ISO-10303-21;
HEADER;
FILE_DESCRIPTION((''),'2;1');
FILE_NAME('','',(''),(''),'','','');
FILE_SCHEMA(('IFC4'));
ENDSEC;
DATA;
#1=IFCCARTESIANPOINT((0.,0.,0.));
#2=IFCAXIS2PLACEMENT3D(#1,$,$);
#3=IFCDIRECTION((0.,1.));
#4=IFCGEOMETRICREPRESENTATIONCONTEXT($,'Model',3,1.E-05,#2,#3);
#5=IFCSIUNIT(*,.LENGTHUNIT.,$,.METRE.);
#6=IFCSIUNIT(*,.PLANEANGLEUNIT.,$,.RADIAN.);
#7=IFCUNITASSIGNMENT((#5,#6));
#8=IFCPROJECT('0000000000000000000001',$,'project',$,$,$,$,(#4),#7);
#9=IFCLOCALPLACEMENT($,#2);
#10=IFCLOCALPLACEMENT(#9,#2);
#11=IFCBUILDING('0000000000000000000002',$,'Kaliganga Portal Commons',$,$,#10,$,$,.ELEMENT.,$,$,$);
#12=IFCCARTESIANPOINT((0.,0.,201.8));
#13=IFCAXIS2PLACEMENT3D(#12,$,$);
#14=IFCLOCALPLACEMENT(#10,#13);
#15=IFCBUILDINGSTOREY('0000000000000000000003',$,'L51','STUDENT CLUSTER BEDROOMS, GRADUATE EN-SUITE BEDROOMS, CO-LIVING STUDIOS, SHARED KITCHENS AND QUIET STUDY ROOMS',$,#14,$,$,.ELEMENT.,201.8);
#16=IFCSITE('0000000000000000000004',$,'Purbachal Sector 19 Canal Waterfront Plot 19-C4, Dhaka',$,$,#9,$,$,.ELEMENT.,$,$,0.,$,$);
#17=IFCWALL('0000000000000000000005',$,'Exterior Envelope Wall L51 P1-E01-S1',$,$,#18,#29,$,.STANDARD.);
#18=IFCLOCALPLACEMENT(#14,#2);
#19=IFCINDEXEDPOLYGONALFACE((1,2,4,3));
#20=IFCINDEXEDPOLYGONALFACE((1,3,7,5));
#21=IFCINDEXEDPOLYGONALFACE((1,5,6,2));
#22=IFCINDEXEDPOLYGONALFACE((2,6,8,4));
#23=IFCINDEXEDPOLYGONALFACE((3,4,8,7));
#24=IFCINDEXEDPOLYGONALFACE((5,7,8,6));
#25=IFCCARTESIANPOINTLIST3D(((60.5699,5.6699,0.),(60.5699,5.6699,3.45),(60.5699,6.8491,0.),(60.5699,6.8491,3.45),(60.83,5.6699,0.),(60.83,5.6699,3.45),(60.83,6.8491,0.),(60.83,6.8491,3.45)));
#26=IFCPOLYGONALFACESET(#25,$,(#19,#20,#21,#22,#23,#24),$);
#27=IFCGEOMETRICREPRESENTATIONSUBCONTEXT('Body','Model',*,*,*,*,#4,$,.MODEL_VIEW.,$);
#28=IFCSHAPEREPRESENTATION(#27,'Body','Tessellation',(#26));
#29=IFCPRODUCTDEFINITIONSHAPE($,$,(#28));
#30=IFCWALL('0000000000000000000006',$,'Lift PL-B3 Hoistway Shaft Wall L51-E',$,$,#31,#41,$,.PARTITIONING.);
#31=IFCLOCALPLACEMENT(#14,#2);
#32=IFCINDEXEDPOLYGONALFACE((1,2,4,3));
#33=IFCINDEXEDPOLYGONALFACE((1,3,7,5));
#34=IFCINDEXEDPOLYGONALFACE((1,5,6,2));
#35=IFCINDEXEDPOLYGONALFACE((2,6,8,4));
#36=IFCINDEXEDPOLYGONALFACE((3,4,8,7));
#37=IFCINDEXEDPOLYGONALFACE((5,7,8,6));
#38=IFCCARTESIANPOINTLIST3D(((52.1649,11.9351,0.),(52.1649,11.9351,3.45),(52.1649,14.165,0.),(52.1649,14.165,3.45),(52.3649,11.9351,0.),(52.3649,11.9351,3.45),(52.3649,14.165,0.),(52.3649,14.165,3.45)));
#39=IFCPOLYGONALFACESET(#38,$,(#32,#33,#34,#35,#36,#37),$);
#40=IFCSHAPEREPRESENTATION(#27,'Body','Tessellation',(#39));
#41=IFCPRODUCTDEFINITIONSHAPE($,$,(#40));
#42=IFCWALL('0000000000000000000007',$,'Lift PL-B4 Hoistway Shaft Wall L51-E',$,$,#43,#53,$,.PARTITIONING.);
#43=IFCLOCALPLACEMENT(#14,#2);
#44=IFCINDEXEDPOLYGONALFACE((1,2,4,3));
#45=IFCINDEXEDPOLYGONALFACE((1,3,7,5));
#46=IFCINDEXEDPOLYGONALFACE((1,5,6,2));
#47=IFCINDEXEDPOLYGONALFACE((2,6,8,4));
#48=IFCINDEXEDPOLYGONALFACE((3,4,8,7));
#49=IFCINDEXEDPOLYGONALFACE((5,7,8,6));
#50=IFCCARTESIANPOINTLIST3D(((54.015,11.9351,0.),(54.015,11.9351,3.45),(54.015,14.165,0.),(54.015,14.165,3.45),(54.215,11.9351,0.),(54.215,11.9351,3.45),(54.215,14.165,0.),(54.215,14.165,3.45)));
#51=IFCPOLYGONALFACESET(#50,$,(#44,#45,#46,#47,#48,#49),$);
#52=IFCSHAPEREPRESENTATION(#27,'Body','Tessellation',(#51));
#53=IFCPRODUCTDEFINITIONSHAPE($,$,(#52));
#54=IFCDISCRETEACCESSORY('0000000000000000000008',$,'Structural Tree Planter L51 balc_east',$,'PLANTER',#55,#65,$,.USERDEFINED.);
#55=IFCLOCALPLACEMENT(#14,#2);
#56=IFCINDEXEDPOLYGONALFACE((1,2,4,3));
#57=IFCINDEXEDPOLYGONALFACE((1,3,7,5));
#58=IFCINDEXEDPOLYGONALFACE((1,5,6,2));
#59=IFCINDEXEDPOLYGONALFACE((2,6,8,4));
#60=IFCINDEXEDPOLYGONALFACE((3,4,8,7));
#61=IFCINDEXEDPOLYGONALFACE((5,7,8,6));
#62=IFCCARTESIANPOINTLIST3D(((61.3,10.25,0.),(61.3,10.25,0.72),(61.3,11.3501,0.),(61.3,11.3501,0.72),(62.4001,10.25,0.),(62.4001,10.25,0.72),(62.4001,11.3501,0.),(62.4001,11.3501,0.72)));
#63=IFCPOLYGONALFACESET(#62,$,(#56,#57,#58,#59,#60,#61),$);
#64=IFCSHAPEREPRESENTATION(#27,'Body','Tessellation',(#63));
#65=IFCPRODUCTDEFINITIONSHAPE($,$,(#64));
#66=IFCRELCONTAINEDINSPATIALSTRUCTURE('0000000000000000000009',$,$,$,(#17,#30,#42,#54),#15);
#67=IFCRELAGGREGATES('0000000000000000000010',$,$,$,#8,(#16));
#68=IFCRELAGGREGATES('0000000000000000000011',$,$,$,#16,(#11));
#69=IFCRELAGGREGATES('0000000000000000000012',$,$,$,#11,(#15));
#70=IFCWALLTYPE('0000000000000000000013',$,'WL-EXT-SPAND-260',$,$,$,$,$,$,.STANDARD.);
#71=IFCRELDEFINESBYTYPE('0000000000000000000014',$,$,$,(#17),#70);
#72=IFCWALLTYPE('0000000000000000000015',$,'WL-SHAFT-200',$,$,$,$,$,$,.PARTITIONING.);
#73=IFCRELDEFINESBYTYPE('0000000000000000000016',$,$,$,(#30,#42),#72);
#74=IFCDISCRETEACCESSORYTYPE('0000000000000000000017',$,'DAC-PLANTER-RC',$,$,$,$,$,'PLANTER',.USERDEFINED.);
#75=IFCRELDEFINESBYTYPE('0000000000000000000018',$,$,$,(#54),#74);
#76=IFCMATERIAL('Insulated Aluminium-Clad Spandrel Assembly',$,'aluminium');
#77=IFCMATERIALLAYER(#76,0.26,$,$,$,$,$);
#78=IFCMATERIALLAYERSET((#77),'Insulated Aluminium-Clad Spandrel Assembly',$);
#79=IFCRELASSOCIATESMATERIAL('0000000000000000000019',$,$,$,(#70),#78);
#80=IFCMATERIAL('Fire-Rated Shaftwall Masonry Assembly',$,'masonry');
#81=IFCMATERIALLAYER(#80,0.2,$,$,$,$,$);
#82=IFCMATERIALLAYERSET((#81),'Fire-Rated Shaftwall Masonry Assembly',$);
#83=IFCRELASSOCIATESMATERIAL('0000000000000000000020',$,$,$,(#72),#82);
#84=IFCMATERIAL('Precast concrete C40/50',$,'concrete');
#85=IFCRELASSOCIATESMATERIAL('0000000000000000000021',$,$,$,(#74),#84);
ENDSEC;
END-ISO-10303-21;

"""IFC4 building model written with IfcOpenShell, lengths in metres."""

from ifc_helpers import new_model, si_unit, direction, frame, frame_2d, origin, origin_2d, place, context, subcontext, project, spatial, rectangle, extrude, source, transform, mapped, material, layer, layer_set, type_object, element, save


model = new_model("IFC4")

# Units and contexts
model_context = context("Model", 3, precision=1e-05, world=origin(), true_north=direction((0.0, 1.0)))
body_context = subcontext(model_context, "Body", "Model", "MODEL_VIEW")
ifc_project = project(units=[si_unit("LENGTHUNIT", "METRE"), si_unit("PLANEANGLEUNIT", "RADIAN")], contexts=[model_context])

# Site, building, storey
site_placement = place(None, origin())
site = spatial("IfcSite", under=ifc_project, at=site_placement, Name="Purbachal Sector 19 Canal Waterfront Plot 19-C4, Dhaka", CompositionType="ELEMENT", RefElevation=0.0)
building_placement = place(site_placement, origin())
building = spatial("IfcBuilding", under=site, at=building_placement, Name="Kaliganga Portal Commons", CompositionType="ELEMENT")
storey_placement = place(building_placement, frame((0.0, 0.0, 201.8)))
storey = spatial("IfcBuildingStorey", under=building, at=storey_placement, Name="L51", Description="STUDENT CLUSTER BEDROOMS, GRADUATE EN-SUITE BEDROOMS, CO-LIVING STUDIOS, SHARED KITCHENS AND QUIET STUDY ROOMS", CompositionType="ELEMENT", Elevation=201.8)

# Shared definitions
ifc_material_1 = material(Name="Insulated Aluminium-Clad Spandrel Assembly", Category="aluminium")
ifc_layer_1 = layer(ifc_material_1, 0.26)
ifc_layer_set_1 = layer_set([ifc_layer_1], Name="Insulated Aluminium-Clad Spandrel Assembly")
wall_type_1 = type_object("IfcWallType", Name="WL-EXT-SPAND-260", PredefinedType="STANDARD", material=ifc_layer_set_1)

# Walls
wall_1_placement = place(storey_placement, frame((60.7, 6.8491, 0.0), z_axis=(0.0, 0.0, 1.0), x_axis=(0.0, -1.0, 0.0)))
element("IfcWall", 1, at=wall_1_placement, inside=storey, type_object=wall_type_1, Name="Exterior Envelope Wall L51 P1-E01-S1", PredefinedType="STANDARD", context=body_context, shape_type="SweptSolid", body=[
    extrude(rectangle(XDim=1.1792, YDim=0.26, at=frame_2d((0.5896, 0.0))), origin(), (0.0, 0.0, 1.0), 3.45),
])
ifc_material_2 = material(Name="Fire-Rated Shaftwall Masonry Assembly", Category="masonry")
ifc_layer_2 = layer(ifc_material_2, 0.2)
ifc_layer_set_2 = layer_set([ifc_layer_2], Name="Fire-Rated Shaftwall Masonry Assembly")
wall_type_2 = type_object("IfcWallType", Name="WL-SHAFT-200", PredefinedType="PARTITIONING", material=ifc_layer_set_2)
wall_2_placement = place(storey_placement, frame((52.2649, 11.9351, 0.0), z_axis=(0.0, 0.0, 1.0), x_axis=(0.0, 1.0, 0.0)))
element("IfcWall", 2, at=wall_2_placement, inside=storey, type_object=wall_type_2, Name="Lift PL-B3 Hoistway Shaft Wall L51-E", PredefinedType="PARTITIONING", context=body_context, shape_type="SweptSolid", body=[
    extrude(rectangle(XDim=2.23, YDim=0.2, at=frame_2d((1.115, 0.0))), origin(), (0.0, 0.0, 1.0), 3.45),
])

# Wall
wall_3_placement = place(storey_placement, frame((54.115, 11.9351, 0.0), z_axis=(0.0, 0.0, 1.0), x_axis=(0.0, 1.0, 0.0)))
element("IfcWall", 3, at=wall_3_placement, inside=storey, type_object=wall_type_2, Name="Lift PL-B4 Hoistway Shaft Wall L51-E", PredefinedType="PARTITIONING", context=body_context, shape_type="SweptSolid", body=[
    extrude(rectangle(XDim=2.23, YDim=0.2, at=frame_2d((1.115, 0.0))), origin(), (0.0, 0.0, 1.0), 3.45),
])

# Discrete accessory
ifc_material_3 = material(Name="Precast concrete C40/50", Category="concrete")
discrete_accessory_type = type_object("IfcDiscreteAccessoryType", Name="DAC-PLANTER-RC", ElementType="PLANTER", PredefinedType="USERDEFINED", material=ifc_material_3)
shared_shape_1 = source(origin(), body_context, "Body", "SweptSolid", [
    extrude(rectangle(XDim=1.1001, YDim=1.1001, at=origin_2d()), origin(), (0.0, 0.0, 1.0), 0.72),
])
discrete_accessory_placement = place(storey_placement, frame((61.8501, 10.8, 0.0), z_axis=(0.0, 0.0, 1.0), x_axis=(1.0, 0.0, 0.0)))
element("IfcDiscreteAccessory", 4, at=discrete_accessory_placement, inside=storey, type_object=discrete_accessory_type, Name="Structural Tree Planter L51 balc_east", ObjectType="PLANTER", PredefinedType="USERDEFINED", context=body_context, shape_type="MappedRepresentation", body=[
    mapped(shared_shape_1, transform((0.0, 0.0, 0.0), x_axis=(1.0, 0.0, 0.0), y_axis=(0.0, 1.0, 0.0), z_axis=(0.0, 0.0, 1.0), scale=1.0)),
])

save(model, "model.ifc")
